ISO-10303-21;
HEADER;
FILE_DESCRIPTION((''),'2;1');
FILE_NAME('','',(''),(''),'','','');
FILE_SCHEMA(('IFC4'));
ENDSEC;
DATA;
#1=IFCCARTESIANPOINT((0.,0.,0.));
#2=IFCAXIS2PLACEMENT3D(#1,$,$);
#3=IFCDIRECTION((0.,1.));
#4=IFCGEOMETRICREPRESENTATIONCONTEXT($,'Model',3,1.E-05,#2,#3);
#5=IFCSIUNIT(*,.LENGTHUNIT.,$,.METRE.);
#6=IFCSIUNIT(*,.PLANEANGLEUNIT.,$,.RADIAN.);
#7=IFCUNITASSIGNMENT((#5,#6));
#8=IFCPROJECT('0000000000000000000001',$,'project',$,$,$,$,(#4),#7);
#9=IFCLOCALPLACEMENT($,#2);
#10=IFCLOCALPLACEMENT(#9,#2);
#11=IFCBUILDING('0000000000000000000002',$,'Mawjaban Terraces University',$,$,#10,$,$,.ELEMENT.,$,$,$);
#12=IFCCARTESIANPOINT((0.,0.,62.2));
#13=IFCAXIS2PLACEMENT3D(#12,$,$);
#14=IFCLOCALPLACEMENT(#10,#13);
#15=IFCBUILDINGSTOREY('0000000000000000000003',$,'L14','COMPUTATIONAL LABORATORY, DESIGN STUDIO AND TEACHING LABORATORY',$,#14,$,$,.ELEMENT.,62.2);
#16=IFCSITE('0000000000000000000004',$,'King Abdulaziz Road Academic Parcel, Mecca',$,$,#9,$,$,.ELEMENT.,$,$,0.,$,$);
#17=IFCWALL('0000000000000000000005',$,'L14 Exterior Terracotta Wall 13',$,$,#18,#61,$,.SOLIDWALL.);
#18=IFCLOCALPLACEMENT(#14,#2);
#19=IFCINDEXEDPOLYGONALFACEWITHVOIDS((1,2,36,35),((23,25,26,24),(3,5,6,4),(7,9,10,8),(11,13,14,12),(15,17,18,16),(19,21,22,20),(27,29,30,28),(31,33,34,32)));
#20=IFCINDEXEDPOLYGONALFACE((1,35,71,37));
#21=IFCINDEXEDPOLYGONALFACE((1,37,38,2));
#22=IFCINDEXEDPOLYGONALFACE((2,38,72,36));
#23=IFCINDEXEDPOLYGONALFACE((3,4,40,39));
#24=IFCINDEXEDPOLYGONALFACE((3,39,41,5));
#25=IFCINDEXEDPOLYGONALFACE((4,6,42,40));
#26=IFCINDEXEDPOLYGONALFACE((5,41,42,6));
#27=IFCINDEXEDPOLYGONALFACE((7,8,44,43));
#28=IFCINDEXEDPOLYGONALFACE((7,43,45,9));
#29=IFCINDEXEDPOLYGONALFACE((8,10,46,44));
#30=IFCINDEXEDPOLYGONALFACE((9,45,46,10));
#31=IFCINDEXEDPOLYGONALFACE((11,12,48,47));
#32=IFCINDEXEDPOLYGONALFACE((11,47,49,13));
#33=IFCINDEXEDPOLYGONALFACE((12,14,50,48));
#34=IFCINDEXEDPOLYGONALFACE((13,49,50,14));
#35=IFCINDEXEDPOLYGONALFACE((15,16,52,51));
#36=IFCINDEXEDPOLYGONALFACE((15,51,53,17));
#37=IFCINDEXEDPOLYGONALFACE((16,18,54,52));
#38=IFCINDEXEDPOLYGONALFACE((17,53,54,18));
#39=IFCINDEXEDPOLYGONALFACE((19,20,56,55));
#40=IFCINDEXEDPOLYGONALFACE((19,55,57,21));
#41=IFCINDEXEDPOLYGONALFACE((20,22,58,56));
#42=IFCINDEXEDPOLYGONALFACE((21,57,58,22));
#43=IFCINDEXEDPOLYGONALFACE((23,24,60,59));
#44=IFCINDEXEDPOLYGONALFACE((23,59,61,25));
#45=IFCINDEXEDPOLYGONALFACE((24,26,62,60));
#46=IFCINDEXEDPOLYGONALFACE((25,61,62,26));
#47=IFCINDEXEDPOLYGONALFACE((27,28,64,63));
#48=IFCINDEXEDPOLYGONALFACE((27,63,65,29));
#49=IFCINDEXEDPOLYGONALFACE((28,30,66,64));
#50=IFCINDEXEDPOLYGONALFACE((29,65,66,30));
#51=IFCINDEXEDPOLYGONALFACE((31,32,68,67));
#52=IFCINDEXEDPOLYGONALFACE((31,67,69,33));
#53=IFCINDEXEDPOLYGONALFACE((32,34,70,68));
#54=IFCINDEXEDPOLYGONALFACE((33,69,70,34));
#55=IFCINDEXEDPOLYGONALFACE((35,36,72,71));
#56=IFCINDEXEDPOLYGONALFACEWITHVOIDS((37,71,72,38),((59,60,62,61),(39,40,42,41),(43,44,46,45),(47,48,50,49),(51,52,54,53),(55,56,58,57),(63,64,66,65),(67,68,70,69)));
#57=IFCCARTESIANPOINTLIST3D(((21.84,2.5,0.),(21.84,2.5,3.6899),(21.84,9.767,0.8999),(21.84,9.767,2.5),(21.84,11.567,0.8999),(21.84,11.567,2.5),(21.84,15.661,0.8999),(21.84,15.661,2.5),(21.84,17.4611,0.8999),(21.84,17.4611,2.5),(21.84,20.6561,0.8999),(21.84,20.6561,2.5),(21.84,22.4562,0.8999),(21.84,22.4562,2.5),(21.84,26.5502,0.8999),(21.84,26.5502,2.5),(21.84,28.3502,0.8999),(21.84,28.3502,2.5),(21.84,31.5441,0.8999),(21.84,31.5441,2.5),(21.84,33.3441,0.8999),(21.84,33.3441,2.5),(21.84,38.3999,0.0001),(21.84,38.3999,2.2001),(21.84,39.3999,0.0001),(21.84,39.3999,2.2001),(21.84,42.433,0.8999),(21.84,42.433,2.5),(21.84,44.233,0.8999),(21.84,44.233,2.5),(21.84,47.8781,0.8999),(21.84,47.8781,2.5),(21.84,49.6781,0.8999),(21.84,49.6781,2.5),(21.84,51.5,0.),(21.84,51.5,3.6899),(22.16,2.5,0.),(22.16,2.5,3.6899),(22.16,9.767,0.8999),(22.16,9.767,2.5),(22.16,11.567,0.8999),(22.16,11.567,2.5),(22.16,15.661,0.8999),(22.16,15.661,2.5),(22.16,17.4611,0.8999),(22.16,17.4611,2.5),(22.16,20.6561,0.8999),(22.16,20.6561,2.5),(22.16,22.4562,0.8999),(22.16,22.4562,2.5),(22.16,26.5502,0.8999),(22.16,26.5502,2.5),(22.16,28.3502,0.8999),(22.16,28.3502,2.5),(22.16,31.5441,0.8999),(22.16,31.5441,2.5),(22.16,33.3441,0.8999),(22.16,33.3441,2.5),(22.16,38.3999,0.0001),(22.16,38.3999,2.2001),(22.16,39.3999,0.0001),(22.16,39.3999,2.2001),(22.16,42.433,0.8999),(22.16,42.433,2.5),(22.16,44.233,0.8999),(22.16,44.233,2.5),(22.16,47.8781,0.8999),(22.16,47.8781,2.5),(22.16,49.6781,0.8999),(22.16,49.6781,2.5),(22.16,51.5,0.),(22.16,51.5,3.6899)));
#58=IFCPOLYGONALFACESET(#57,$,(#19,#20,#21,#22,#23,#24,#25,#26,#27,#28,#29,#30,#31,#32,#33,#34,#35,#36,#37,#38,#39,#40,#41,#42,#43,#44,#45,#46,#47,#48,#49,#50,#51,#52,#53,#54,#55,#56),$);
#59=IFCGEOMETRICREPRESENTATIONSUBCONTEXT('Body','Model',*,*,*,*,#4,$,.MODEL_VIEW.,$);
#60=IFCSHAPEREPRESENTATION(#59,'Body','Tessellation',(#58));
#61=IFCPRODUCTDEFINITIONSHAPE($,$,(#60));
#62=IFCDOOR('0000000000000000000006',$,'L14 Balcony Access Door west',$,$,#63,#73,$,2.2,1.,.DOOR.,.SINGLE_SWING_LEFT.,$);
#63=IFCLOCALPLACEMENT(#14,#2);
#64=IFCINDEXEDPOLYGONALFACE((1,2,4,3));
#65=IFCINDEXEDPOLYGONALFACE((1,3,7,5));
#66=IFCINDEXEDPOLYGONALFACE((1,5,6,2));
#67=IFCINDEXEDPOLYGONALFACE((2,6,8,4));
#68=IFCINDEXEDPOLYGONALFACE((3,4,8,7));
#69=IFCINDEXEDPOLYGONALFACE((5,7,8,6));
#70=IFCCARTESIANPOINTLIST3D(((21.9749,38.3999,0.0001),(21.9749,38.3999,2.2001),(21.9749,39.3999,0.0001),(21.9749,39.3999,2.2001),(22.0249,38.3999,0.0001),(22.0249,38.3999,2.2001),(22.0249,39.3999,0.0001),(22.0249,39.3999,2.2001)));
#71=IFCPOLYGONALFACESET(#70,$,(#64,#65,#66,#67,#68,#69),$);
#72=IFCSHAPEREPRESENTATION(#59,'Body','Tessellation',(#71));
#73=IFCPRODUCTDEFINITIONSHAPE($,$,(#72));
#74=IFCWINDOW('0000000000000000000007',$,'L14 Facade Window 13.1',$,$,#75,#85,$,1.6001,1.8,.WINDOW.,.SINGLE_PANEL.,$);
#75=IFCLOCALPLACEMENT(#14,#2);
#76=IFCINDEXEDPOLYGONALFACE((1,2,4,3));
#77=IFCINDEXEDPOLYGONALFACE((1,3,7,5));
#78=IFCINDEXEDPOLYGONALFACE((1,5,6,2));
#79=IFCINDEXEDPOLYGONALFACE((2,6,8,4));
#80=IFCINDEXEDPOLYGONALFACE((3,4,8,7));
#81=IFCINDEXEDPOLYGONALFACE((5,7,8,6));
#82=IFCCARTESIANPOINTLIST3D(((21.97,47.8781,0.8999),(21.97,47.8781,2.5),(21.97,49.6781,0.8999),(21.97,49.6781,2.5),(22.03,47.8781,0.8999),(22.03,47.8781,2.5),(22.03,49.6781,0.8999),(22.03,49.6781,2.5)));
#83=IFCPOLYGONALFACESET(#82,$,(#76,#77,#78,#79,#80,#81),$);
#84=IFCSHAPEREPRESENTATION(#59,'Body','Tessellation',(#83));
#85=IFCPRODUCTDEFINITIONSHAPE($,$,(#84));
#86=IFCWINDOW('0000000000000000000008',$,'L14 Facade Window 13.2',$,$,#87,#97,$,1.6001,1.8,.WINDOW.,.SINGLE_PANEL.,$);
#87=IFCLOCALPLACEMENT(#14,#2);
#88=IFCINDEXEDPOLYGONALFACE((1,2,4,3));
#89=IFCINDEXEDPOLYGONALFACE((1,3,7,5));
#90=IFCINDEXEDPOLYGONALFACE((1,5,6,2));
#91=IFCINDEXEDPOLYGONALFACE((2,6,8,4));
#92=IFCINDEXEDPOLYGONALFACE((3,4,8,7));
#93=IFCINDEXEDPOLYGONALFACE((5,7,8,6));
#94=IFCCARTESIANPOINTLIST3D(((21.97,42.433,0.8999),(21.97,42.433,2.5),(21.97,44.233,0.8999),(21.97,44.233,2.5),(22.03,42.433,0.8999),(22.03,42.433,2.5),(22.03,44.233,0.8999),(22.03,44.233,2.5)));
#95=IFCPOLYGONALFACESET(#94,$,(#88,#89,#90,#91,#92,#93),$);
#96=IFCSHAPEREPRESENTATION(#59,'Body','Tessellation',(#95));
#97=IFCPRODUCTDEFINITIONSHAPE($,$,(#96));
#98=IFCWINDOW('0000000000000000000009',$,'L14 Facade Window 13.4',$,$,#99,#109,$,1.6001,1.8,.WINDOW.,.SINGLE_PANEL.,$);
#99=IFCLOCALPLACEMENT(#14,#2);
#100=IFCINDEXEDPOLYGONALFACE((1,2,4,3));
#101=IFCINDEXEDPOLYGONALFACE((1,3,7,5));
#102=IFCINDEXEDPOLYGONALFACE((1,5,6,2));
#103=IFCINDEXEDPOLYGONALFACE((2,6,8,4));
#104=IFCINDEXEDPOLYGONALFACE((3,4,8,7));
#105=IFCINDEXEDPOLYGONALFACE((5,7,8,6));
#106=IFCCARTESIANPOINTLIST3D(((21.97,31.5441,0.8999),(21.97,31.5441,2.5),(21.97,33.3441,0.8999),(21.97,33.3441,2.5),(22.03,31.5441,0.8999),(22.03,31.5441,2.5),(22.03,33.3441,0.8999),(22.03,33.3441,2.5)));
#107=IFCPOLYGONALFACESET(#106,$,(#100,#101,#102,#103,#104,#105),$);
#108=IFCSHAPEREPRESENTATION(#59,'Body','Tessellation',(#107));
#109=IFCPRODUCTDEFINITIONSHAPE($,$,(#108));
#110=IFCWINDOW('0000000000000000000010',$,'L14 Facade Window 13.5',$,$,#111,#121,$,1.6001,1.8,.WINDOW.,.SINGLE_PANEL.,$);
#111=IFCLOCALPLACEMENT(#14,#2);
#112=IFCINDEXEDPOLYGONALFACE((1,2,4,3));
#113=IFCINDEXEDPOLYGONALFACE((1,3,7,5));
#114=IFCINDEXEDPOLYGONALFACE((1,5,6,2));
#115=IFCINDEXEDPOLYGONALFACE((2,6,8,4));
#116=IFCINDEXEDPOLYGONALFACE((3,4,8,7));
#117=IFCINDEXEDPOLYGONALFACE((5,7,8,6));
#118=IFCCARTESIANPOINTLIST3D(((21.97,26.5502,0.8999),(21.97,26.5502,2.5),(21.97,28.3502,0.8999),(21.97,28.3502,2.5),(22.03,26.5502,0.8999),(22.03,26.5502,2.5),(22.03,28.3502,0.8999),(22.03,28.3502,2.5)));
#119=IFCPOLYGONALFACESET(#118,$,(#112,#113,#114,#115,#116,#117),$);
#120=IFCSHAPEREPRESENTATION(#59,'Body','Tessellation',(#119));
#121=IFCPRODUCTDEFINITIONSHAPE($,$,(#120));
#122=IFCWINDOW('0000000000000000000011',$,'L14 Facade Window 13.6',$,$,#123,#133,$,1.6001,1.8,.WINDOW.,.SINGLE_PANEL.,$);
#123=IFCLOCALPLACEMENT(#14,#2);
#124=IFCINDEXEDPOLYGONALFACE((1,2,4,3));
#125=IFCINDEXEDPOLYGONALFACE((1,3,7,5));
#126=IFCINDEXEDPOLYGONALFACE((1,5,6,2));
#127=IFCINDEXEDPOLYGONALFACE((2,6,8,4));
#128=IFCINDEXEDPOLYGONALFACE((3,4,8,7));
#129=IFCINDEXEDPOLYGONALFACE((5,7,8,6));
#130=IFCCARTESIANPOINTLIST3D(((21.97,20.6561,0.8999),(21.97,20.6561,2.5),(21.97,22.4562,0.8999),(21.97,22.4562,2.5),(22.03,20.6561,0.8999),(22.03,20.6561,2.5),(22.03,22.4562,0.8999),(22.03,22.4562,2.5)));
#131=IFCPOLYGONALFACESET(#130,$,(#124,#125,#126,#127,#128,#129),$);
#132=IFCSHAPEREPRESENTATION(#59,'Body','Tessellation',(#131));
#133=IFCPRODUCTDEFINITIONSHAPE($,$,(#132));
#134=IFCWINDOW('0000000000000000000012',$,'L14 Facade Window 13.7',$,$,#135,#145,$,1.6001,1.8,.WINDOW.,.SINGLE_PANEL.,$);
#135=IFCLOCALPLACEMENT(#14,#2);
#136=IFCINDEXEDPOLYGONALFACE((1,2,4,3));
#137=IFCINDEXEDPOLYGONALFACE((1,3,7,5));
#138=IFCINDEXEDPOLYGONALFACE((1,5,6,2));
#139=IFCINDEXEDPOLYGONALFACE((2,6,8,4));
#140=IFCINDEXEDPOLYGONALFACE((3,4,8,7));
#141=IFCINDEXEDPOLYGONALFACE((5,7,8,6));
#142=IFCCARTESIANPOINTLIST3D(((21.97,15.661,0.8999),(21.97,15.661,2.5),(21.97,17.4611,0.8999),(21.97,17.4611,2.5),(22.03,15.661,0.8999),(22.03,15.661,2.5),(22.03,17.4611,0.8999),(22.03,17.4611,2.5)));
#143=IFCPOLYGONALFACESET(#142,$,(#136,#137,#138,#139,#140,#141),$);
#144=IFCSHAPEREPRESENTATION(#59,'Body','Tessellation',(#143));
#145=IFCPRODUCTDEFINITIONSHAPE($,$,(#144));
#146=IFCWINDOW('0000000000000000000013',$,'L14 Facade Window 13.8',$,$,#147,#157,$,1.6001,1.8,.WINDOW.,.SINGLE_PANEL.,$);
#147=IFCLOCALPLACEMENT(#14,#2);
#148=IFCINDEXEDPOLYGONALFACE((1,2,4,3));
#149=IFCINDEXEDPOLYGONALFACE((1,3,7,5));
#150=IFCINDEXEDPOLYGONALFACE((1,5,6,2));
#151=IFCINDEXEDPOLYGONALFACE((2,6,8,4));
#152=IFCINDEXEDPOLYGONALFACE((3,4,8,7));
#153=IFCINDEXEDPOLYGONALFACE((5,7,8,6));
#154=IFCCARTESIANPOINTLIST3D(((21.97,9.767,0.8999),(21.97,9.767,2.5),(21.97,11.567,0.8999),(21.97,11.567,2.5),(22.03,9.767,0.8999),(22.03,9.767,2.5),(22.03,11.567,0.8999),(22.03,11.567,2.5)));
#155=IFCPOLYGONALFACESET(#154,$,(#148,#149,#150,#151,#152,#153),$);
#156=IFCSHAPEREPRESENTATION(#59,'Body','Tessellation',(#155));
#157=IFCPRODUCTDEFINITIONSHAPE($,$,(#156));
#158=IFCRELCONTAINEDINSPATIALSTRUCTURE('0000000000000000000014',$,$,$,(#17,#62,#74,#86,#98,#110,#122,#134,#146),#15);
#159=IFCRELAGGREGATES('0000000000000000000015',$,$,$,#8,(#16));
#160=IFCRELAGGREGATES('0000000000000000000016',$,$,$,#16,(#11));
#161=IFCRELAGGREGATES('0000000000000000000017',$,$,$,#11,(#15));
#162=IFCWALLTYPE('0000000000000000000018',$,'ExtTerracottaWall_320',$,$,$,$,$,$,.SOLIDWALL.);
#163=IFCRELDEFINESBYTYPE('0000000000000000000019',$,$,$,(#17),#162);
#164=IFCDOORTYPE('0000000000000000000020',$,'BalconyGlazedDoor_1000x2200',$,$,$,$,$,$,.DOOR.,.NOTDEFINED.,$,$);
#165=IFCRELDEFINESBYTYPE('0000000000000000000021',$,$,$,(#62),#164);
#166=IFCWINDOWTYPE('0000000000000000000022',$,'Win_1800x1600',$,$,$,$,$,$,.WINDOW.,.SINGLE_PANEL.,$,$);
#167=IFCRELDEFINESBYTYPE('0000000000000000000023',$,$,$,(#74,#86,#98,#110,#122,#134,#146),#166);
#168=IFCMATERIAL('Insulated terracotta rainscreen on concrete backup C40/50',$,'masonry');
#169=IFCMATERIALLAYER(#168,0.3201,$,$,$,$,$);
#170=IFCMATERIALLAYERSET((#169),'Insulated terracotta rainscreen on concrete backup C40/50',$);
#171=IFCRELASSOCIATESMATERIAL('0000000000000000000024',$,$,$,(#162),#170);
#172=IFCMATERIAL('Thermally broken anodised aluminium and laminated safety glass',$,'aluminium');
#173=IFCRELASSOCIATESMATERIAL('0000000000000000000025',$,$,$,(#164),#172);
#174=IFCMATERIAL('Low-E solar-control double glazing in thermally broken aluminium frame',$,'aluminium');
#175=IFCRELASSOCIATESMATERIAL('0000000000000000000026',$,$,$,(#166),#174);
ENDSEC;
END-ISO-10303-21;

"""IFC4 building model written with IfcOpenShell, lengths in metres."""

from ifc_helpers import new_model, si_unit, direction, frame, frame_2d, origin, place, context, subcontext, project, spatial, rectangle, extrude, material, layer, layer_set, type_object, element, fill, save


model = new_model("IFC4")

# Units and contexts
model_context = context("Model", 3, precision=1e-05, world=origin(), true_north=direction((0.0, 1.0)))
body_context = subcontext(model_context, "Body", "Model", "MODEL_VIEW")
ifc_project = project(units=[si_unit("LENGTHUNIT", "METRE"), si_unit("PLANEANGLEUNIT", "RADIAN")], contexts=[model_context])

# Site, building, storey
site_placement = place(None, origin())
site = spatial("IfcSite", under=ifc_project, at=site_placement, Name="King Abdulaziz Road Academic Parcel, Mecca", CompositionType="ELEMENT", RefElevation=0.0)
building_placement = place(site_placement, origin())
building = spatial("IfcBuilding", under=site, at=building_placement, Name="Mawjaban Terraces University", CompositionType="ELEMENT")
storey_placement = place(building_placement, frame((0.0, 0.0, 62.2)))
storey = spatial("IfcBuildingStorey", under=building, at=storey_placement, Name="L14", Description="COMPUTATIONAL LABORATORY, DESIGN STUDIO AND TEACHING LABORATORY", CompositionType="ELEMENT", Elevation=62.2)

# Shared definitions
ifc_material_1 = material(Name="Insulated terracotta rainscreen on concrete backup C40/50", Category="masonry")
ifc_layer_1 = layer(ifc_material_1, 0.3201)
ifc_layer_set_1 = layer_set([ifc_layer_1], Name="Insulated terracotta rainscreen on concrete backup C40/50")
wall_type_1 = type_object("IfcWallType", Name="ExtTerracottaWall_320", PredefinedType="SOLIDWALL", material=ifc_layer_set_1)
ifc_material_2 = material(Name="Low-E solar-control double glazing in thermally broken aluminium frame", Category="aluminium")

# Wall, openings, door, windows
wall_1_placement = place(storey_placement, frame((22.0, 51.5, 0.0), z_axis=(0.0, 0.0, 1.0), x_axis=(0.0, -1.0, 0.0)))
wall_1 = element("IfcWall", 1, at=wall_1_placement, inside=storey, type_object=wall_type_1, Name="L14 Exterior Terracotta Wall 13", PredefinedType="SOLIDWALL", context=body_context, shape_type="SweptSolid", body=[
    extrude(rectangle(XDim=49.0, YDim=0.3201, at=frame_2d((24.5, 0.0))), origin(), (0.0, 0.0, 1.0), 3.6899),
])
opening_1_placement = place(wall_1_placement, frame((12.1001, 0.0, 0.0)))
opening_1 = element("IfcOpeningElement", 2, at=opening_1_placement, cuts=wall_1, PredefinedType="OPENING", context=body_context, shape_type="SweptSolid", body=[
    extrude(rectangle(XDim=1.0, YDim=2.2, at=frame_2d((0.5, 1.1001))), frame((0.0, 0.1699, 0.0), z_axis=(0.0, -1.0, 0.0), x_axis=(1.0, 0.0, 0.0)), (0.0, 0.0, 1.0), 0.3401),
])
opening_2_placement = place(wall_1_placement, frame((1.822, 0.0, 0.8999)))
opening_2 = element("IfcOpeningElement", 3, at=opening_2_placement, cuts=wall_1, PredefinedType="OPENING", context=body_context, shape_type="SweptSolid", body=[
    extrude(rectangle(XDim=1.8, YDim=1.6001, at=frame_2d((0.8999, 0.8))), frame((0.0, 0.1699, 0.0), z_axis=(0.0, -1.0, 0.0), x_axis=(1.0, 0.0, 0.0)), (0.0, 0.0, 1.0), 0.3401),
])
opening_3_placement = place(wall_1_placement, frame((7.2671, 0.0, 0.8999)))
opening_3 = element("IfcOpeningElement", 4, at=opening_3_placement, cuts=wall_1, PredefinedType="OPENING", context=body_context, shape_type="SweptSolid", body=[
    extrude(rectangle(XDim=1.8, YDim=1.6001, at=frame_2d((0.8999, 0.8))), frame((0.0, 0.1699, 0.0), z_axis=(0.0, -1.0, 0.0), x_axis=(1.0, 0.0, 0.0)), (0.0, 0.0, 1.0), 0.3401),
])
opening_4_placement = place(wall_1_placement, frame((18.156, 0.0, 0.8999)))
opening_4 = element("IfcOpeningElement", 5, at=opening_4_placement, cuts=wall_1, PredefinedType="OPENING", context=body_context, shape_type="SweptSolid", body=[
    extrude(rectangle(XDim=1.8, YDim=1.6001, at=frame_2d((0.8999, 0.8))), frame((0.0, 0.1699, 0.0), z_axis=(0.0, -1.0, 0.0), x_axis=(1.0, 0.0, 0.0)), (0.0, 0.0, 1.0), 0.3401),
])
opening_5_placement = place(wall_1_placement, frame((23.1499, 0.0, 0.8999)))
opening_5 = element("IfcOpeningElement", 6, at=opening_5_placement, cuts=wall_1, PredefinedType="OPENING", context=body_context, shape_type="SweptSolid", body=[
    extrude(rectangle(XDim=1.8, YDim=1.6001, at=frame_2d((0.8999, 0.8))), frame((0.0, 0.1699, 0.0), z_axis=(0.0, -1.0, 0.0), x_axis=(1.0, 0.0, 0.0)), (0.0, 0.0, 1.0), 0.3401),
])
opening_6_placement = place(wall_1_placement, frame((29.0439, 0.0, 0.8999)))
opening_6 = element("IfcOpeningElement", 7, at=opening_6_placement, cuts=wall_1, PredefinedType="OPENING", context=body_context, shape_type="SweptSolid", body=[
    extrude(rectangle(XDim=1.8, YDim=1.6001, at=frame_2d((0.8999, 0.8))), frame((0.0, 0.1699, 0.0), z_axis=(0.0, -1.0, 0.0), x_axis=(1.0, 0.0, 0.0)), (0.0, 0.0, 1.0), 0.3401),
])
opening_7_placement = place(wall_1_placement, frame((34.0391, 0.0, 0.8999)))
opening_7 = element("IfcOpeningElement", 8, at=opening_7_placement, cuts=wall_1, PredefinedType="OPENING", context=body_context, shape_type="SweptSolid", body=[
    extrude(rectangle(XDim=1.8, YDim=1.6001, at=frame_2d((0.8999, 0.8))), frame((0.0, 0.1699, 0.0), z_axis=(0.0, -1.0, 0.0), x_axis=(1.0, 0.0, 0.0)), (0.0, 0.0, 1.0), 0.3401),
])
opening_8_placement = place(wall_1_placement, frame((39.9331, 0.0, 0.8999)))
opening_8 = element("IfcOpeningElement", 9, at=opening_8_placement, cuts=wall_1, PredefinedType="OPENING", context=body_context, shape_type="SweptSolid", body=[
    extrude(rectangle(XDim=1.8, YDim=1.6001, at=frame_2d((0.8999, 0.8))), frame((0.0, 0.1699, 0.0), z_axis=(0.0, -1.0, 0.0), x_axis=(1.0, 0.0, 0.0)), (0.0, 0.0, 1.0), 0.3401),
])
ifc_material_3 = material(Name="Thermally broken anodised aluminium and laminated safety glass", Category="aluminium")
door_type_1 = type_object("IfcDoorType", Name="BalconyGlazedDoor_1000x2200", OperationType="NOTDEFINED", PredefinedType="DOOR", material=ifc_material_3)
door_1_placement = place(opening_1_placement, origin())
door_1 = element("IfcDoor", 10, at=door_1_placement, inside=storey, type_object=door_type_1, Name="L14 Balcony Access Door west", OperationType="SINGLE_SWING_LEFT", OverallHeight=2.2, OverallWidth=1.0, PredefinedType="DOOR", context=body_context, shape_type="SweptSolid", body=[
    extrude(rectangle(XDim=1.0, YDim=2.2, at=frame_2d((0.5, 1.1001))), frame((0.0, 0.0249, 0.0), z_axis=(0.0, -1.0, 0.0), x_axis=(1.0, 0.0, 0.0)), (0.0, 0.0, 1.0), 0.05),
])
fill(opening_1, door_1)
window_type_1 = type_object("IfcWindowType", Name="Win_1800x1600", PartitioningType="SINGLE_PANEL", PredefinedType="WINDOW", material=ifc_material_2)
window_1_placement = place(opening_2_placement, origin())
window_1 = element("IfcWindow", 11, at=window_1_placement, inside=storey, type_object=window_type_1, Name="L14 Facade Window 13.1", OverallHeight=1.6001, OverallWidth=1.8, PartitioningType="SINGLE_PANEL", PredefinedType="WINDOW", context=body_context, shape_type="SweptSolid", body=[
    extrude(rectangle(XDim=1.8, YDim=1.6001, at=frame_2d((0.8999, 0.8))), frame((0.0, 0.03, 0.0), z_axis=(0.0, -1.0, 0.0), x_axis=(1.0, 0.0, 0.0)), (0.0, 0.0, 1.0), 0.0601),
])
fill(opening_2, window_1)
window_2_placement = place(opening_3_placement, origin())
window_2 = element("IfcWindow", 12, at=window_2_placement, inside=storey, type_object=window_type_1, Name="L14 Facade Window 13.2", OverallHeight=1.6001, OverallWidth=1.8, PartitioningType="SINGLE_PANEL", PredefinedType="WINDOW", context=body_context, shape_type="SweptSolid", body=[
    extrude(rectangle(XDim=1.8, YDim=1.6001, at=frame_2d((0.8999, 0.8))), frame((0.0, 0.03, 0.0), z_axis=(0.0, -1.0, 0.0), x_axis=(1.0, 0.0, 0.0)), (0.0, 0.0, 1.0), 0.0601),
])
fill(opening_3, window_2)
window_3_placement = place(opening_4_placement, origin())
window_3 = element("IfcWindow", 13, at=window_3_placement, inside=storey, type_object=window_type_1, Name="L14 Facade Window 13.4", OverallHeight=1.6001, OverallWidth=1.8, PartitioningType="SINGLE_PANEL", PredefinedType="WINDOW", context=body_context, shape_type="SweptSolid", body=[
    extrude(rectangle(XDim=1.8, YDim=1.6001, at=frame_2d((0.8999, 0.8))), frame((0.0, 0.03, 0.0), z_axis=(0.0, -1.0, 0.0), x_axis=(1.0, 0.0, 0.0)), (0.0, 0.0, 1.0), 0.0601),
])
fill(opening_4, window_3)
window_4_placement = place(opening_5_placement, origin())
window_4 = element("IfcWindow", 14, at=window_4_placement, inside=storey, type_object=window_type_1, Name="L14 Facade Window 13.5", OverallHeight=1.6001, OverallWidth=1.8, PartitioningType="SINGLE_PANEL", PredefinedType="WINDOW", context=body_context, shape_type="SweptSolid", body=[
    extrude(rectangle(XDim=1.8, YDim=1.6001, at=frame_2d((0.8999, 0.8))), frame((0.0, 0.03, 0.0), z_axis=(0.0, -1.0, 0.0), x_axis=(1.0, 0.0, 0.0)), (0.0, 0.0, 1.0), 0.0601),
])
fill(opening_5, window_4)
window_5_placement = place(opening_6_placement, origin())
window_5 = element("IfcWindow", 15, at=window_5_placement, inside=storey, type_object=window_type_1, Name="L14 Facade Window 13.6", OverallHeight=1.6001, OverallWidth=1.8, PartitioningType="SINGLE_PANEL", PredefinedType="WINDOW", context=body_context, shape_type="SweptSolid", body=[
    extrude(rectangle(XDim=1.8, YDim=1.6001, at=frame_2d((0.8999, 0.8))), frame((0.0, 0.03, 0.0), z_axis=(0.0, -1.0, 0.0), x_axis=(1.0, 0.0, 0.0)), (0.0, 0.0, 1.0), 0.0601),
])
fill(opening_6, window_5)
window_6_placement = place(opening_7_placement, origin())
window_6 = element("IfcWindow", 16, at=window_6_placement, inside=storey, type_object=window_type_1, Name="L14 Facade Window 13.7", OverallHeight=1.6001, OverallWidth=1.8, PartitioningType="SINGLE_PANEL", PredefinedType="WINDOW", context=body_context, shape_type="SweptSolid", body=[
    extrude(rectangle(XDim=1.8, YDim=1.6001, at=frame_2d((0.8999, 0.8))), frame((0.0, 0.03, 0.0), z_axis=(0.0, -1.0, 0.0), x_axis=(1.0, 0.0, 0.0)), (0.0, 0.0, 1.0), 0.0601),
])
fill(opening_7, window_6)
window_7_placement = place(opening_8_placement, origin())
window_7 = element("IfcWindow", 17, at=window_7_placement, inside=storey, type_object=window_type_1, Name="L14 Facade Window 13.8", OverallHeight=1.6001, OverallWidth=1.8, PartitioningType="SINGLE_PANEL", PredefinedType="WINDOW", context=body_context, shape_type="SweptSolid", body=[
    extrude(rectangle(XDim=1.8, YDim=1.6001, at=frame_2d((0.8999, 0.8))), frame((0.0, 0.03, 0.0), z_axis=(0.0, -1.0, 0.0), x_axis=(1.0, 0.0, 0.0)), (0.0, 0.0, 1.0), 0.0601),
])
fill(opening_8, window_7)

save(model, "model.ifc")
